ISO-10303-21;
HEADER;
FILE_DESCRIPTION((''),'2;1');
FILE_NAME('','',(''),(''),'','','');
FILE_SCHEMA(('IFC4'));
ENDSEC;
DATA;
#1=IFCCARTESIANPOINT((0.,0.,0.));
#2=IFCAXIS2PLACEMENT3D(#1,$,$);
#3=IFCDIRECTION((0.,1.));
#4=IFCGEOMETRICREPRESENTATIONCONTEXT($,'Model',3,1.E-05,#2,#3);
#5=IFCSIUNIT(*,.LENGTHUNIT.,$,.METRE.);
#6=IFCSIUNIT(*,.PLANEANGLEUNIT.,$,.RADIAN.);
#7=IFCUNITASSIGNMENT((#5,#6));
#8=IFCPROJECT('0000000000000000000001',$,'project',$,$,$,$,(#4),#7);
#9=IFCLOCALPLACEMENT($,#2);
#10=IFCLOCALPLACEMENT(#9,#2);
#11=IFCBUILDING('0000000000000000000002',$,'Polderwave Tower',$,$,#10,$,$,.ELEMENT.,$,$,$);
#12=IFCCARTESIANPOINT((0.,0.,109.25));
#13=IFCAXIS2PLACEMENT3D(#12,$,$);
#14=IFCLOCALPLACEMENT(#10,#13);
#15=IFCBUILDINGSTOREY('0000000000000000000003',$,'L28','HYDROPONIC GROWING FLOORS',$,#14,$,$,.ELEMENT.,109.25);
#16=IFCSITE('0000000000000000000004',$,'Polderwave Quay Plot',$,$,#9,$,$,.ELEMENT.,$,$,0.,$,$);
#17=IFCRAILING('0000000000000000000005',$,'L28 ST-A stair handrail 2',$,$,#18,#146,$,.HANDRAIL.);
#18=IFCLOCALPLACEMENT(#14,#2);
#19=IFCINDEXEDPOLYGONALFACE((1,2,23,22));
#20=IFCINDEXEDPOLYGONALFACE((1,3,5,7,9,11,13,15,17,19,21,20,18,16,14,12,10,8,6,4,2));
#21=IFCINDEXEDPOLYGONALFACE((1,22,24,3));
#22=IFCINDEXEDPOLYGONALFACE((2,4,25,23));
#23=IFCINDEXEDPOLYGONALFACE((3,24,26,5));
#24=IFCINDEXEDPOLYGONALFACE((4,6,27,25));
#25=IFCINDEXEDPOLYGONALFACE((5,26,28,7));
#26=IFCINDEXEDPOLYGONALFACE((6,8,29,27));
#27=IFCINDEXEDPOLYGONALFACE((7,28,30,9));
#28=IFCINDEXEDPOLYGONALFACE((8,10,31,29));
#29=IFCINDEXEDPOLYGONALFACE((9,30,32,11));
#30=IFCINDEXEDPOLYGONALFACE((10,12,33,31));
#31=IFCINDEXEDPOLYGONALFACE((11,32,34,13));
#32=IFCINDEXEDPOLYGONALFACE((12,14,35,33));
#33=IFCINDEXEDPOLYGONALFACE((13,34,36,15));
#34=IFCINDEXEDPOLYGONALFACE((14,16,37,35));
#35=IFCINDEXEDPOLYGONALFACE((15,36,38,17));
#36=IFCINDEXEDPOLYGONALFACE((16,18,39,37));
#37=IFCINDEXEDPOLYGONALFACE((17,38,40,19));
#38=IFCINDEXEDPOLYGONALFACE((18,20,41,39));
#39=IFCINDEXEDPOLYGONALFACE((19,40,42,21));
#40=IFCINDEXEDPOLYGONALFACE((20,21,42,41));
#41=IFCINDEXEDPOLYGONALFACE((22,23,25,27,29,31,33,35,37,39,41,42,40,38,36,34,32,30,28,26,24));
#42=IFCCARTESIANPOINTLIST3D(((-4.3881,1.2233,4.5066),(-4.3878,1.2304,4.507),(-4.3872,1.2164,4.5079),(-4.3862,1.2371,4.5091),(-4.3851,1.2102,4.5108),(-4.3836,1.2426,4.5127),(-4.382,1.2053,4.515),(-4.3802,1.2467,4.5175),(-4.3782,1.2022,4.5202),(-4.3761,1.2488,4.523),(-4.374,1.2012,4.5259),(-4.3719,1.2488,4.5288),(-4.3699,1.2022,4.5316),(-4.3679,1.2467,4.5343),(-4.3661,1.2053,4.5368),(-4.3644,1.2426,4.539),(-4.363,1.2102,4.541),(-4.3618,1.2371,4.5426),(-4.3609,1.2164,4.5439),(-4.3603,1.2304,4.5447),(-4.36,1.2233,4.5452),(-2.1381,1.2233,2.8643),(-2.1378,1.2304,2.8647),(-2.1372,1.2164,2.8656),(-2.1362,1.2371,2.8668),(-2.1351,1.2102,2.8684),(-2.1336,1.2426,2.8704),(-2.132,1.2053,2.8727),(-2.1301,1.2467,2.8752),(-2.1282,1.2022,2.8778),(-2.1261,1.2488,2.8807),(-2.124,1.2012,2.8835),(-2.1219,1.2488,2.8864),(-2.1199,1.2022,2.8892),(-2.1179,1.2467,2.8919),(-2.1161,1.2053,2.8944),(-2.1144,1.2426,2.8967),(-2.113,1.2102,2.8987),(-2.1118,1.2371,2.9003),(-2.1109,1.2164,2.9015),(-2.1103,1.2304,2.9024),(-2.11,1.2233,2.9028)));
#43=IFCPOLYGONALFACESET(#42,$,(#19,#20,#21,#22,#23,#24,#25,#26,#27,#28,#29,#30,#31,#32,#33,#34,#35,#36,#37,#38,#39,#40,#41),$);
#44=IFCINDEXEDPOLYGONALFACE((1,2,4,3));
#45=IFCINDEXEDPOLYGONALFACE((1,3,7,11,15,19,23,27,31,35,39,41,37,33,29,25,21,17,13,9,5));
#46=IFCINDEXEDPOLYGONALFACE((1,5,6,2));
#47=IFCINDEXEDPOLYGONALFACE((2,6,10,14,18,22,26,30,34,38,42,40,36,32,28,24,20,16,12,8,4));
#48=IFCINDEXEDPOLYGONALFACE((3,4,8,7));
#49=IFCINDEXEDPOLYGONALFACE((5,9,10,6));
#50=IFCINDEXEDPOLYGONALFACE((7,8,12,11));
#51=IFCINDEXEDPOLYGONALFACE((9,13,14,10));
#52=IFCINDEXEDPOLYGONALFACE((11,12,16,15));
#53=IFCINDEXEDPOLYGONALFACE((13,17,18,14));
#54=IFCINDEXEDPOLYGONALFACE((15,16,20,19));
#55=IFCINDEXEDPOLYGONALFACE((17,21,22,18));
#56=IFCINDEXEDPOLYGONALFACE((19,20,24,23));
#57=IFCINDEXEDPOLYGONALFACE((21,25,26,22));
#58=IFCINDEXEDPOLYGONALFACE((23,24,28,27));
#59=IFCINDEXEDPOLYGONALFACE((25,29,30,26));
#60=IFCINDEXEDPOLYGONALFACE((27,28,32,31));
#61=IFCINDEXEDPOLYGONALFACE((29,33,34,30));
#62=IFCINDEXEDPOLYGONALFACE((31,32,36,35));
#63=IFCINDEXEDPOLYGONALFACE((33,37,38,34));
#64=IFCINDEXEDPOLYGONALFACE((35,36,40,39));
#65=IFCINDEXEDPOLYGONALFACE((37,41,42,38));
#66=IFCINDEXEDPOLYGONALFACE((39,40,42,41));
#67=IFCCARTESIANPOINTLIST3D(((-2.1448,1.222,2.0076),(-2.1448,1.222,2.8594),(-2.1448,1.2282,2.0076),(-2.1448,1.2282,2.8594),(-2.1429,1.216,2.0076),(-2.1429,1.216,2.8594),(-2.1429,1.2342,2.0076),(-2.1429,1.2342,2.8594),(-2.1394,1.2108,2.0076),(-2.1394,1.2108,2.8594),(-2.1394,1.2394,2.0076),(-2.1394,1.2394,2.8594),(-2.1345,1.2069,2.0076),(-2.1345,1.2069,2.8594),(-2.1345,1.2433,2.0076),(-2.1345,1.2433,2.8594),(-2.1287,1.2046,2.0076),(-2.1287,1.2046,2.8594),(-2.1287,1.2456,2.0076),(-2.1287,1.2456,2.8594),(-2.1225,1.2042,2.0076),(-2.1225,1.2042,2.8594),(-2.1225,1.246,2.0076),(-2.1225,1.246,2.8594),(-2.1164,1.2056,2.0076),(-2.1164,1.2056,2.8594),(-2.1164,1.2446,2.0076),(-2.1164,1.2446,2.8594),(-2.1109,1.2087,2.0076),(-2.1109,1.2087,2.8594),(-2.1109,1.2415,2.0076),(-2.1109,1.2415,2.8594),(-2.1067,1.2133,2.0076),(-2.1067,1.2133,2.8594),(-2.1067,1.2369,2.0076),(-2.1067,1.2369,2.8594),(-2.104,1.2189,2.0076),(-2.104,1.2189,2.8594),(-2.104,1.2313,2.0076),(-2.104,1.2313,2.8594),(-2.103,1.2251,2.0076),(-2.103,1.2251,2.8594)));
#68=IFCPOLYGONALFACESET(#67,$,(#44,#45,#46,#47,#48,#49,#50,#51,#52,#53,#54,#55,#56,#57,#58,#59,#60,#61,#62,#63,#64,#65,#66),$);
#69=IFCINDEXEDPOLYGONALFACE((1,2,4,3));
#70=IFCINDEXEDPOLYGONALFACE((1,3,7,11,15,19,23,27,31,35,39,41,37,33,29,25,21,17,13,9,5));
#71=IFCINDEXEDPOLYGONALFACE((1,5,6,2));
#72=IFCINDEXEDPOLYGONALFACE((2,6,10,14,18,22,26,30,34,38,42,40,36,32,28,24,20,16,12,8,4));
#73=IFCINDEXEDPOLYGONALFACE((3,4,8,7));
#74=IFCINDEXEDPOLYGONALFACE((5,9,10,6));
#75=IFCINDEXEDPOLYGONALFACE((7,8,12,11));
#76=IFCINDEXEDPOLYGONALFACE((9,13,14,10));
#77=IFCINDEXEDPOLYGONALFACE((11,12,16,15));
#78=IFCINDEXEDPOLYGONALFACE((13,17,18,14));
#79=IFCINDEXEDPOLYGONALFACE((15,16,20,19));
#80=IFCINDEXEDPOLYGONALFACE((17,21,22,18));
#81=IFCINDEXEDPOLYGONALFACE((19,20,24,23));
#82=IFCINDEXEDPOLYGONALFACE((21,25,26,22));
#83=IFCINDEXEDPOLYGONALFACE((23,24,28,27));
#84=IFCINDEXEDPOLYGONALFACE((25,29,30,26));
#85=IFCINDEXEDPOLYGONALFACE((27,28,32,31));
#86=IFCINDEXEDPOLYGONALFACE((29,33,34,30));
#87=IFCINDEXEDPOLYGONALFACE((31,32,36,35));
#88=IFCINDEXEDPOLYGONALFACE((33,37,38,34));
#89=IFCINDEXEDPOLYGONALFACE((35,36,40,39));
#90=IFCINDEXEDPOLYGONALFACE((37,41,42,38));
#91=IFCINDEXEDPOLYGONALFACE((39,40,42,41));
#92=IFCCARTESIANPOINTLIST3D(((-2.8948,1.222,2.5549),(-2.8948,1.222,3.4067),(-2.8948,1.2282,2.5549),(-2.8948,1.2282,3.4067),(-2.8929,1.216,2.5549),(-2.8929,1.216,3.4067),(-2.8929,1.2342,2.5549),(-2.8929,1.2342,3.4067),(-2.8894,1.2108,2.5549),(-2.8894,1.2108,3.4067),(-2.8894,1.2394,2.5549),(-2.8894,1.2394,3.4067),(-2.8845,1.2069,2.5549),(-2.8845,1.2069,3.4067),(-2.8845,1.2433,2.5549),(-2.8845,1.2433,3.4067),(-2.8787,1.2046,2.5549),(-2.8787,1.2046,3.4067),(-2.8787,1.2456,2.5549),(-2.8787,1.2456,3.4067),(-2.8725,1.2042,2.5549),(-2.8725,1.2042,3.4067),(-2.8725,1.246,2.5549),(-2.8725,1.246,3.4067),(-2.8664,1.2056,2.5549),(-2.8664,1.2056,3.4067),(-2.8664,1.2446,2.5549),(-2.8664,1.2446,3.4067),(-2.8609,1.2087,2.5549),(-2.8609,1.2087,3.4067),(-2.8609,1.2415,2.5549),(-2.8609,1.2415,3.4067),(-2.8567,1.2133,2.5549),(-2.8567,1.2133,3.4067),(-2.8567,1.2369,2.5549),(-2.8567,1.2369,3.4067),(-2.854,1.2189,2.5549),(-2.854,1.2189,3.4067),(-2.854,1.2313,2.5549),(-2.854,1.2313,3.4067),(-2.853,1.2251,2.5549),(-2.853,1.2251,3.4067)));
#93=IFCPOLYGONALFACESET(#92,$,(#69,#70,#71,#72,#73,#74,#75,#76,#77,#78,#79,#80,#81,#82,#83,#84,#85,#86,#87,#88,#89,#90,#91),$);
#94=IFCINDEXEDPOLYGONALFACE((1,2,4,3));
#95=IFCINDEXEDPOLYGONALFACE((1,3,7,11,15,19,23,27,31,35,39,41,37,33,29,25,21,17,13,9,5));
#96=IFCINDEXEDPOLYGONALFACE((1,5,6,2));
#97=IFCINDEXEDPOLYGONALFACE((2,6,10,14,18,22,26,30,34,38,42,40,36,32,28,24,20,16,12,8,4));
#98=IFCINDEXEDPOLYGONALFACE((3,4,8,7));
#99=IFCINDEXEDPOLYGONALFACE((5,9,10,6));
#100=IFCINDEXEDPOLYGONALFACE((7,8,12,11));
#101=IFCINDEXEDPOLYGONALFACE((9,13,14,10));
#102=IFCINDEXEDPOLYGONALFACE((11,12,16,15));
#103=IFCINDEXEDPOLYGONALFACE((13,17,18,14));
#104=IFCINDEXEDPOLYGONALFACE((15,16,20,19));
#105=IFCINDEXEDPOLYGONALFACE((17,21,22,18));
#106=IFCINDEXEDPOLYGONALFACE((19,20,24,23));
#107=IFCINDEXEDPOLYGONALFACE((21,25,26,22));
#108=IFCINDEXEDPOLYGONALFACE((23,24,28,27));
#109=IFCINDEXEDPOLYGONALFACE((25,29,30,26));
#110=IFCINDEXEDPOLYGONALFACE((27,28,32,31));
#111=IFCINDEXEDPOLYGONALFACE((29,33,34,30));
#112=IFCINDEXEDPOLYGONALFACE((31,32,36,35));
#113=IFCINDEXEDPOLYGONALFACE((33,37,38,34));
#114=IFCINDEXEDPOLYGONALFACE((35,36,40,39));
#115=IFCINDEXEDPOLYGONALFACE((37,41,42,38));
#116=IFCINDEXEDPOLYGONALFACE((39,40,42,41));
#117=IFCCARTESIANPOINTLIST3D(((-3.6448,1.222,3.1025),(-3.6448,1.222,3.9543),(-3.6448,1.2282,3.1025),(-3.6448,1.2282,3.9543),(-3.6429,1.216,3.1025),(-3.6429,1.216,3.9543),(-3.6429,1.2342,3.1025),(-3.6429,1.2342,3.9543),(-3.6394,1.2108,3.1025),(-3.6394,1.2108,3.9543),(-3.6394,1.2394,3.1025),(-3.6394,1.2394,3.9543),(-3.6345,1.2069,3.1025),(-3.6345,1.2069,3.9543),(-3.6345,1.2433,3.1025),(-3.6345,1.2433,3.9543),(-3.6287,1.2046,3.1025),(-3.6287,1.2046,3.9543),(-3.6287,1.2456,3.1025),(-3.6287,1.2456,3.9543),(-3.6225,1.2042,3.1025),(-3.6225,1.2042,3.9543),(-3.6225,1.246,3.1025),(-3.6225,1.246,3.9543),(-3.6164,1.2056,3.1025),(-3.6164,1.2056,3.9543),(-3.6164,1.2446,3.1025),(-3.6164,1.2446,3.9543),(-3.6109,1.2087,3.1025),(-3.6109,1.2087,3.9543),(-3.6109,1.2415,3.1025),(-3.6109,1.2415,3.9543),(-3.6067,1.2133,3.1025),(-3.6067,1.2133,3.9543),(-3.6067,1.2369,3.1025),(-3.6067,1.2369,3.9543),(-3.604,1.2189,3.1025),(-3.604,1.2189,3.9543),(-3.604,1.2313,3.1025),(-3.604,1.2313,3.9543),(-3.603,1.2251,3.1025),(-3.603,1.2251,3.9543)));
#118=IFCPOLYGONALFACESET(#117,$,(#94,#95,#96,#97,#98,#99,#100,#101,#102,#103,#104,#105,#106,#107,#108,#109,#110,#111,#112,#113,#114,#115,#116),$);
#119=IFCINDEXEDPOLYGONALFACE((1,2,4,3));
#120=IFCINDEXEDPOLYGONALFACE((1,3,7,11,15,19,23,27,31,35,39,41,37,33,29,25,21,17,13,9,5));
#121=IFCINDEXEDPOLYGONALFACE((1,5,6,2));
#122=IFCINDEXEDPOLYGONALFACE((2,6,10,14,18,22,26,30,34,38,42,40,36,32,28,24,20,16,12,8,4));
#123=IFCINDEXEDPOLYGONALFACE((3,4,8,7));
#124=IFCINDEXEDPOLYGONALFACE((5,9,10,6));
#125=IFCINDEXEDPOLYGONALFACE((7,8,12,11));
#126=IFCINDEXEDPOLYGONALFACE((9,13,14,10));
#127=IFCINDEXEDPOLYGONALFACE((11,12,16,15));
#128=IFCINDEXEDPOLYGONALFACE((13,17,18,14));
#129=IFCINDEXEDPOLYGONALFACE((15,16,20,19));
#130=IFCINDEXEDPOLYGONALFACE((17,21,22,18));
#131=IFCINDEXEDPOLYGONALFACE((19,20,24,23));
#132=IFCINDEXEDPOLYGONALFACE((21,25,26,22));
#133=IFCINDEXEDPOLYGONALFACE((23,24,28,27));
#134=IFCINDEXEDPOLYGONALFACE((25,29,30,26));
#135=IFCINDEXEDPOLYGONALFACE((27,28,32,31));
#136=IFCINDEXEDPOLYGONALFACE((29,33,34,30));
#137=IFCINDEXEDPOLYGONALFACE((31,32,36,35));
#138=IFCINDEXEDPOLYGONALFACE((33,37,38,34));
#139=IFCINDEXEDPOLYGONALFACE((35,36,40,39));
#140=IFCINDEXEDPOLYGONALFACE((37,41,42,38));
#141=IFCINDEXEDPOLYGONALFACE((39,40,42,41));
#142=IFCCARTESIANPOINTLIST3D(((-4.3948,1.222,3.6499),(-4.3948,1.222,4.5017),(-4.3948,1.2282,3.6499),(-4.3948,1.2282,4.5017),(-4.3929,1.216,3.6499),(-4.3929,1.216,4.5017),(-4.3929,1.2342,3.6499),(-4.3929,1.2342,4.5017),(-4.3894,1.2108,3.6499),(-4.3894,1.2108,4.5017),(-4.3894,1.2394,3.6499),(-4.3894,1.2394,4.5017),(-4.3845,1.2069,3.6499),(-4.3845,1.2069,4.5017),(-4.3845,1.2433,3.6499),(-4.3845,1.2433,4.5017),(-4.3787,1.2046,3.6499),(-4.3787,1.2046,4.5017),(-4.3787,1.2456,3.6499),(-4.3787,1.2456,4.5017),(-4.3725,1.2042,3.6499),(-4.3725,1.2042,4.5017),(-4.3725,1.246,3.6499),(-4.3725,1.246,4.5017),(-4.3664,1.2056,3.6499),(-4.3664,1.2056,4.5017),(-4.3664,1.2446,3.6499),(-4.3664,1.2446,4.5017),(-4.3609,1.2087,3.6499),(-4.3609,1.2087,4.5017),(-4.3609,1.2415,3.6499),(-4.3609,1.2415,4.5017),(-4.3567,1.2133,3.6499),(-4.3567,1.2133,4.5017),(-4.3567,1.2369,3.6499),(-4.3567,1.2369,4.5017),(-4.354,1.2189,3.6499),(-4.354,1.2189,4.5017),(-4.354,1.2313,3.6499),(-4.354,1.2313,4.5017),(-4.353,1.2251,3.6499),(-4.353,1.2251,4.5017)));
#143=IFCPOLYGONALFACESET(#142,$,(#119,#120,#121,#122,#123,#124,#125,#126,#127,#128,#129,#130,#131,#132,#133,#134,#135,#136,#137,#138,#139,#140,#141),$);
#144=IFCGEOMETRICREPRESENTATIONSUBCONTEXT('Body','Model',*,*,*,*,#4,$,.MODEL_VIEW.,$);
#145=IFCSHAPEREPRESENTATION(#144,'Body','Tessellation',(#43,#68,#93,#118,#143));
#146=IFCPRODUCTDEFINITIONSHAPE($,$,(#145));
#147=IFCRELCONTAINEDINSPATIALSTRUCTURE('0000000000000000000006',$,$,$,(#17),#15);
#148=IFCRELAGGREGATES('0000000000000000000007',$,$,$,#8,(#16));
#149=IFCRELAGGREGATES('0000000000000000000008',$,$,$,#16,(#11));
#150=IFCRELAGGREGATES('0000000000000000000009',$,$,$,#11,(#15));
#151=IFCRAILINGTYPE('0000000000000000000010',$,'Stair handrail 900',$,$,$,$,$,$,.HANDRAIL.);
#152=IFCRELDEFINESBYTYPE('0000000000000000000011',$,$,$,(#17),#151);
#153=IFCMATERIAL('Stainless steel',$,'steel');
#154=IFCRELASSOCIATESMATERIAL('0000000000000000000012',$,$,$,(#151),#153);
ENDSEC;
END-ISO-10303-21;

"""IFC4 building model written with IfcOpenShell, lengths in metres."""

from ifc_helpers import new_model, si_unit, direction, frame, origin, origin_2d, place, context, subcontext, project, spatial, circle, extrude, material, type_object, element, save


model = new_model("IFC4")

# Units and contexts
model_context = context("Model", 3, precision=1e-05, world=origin(), true_north=direction((0.0, 1.0)))
body_context = subcontext(model_context, "Body", "Model", "MODEL_VIEW")
ifc_project = project(units=[si_unit("LENGTHUNIT", "METRE"), si_unit("PLANEANGLEUNIT", "RADIAN")], contexts=[model_context])

# Site, building, storey
site_placement = place(None, origin())
site = spatial("IfcSite", under=ifc_project, at=site_placement, Name="Polderwave Quay Plot", CompositionType="ELEMENT", RefElevation=0.0)
building_placement = place(site_placement, origin())
building = spatial("IfcBuilding", under=site, at=building_placement, Name="Polderwave Tower", CompositionType="ELEMENT")
storey_placement = place(building_placement, frame((0.0, 0.0, 109.25)))
storey = spatial("IfcBuildingStorey", under=building, at=storey_placement, Name="L28", Description="HYDROPONIC GROWING FLOORS", CompositionType="ELEMENT", Elevation=109.25)

# Railing
ifc_material_1 = material(Name="Stainless steel", Category="steel")
railing_type_1 = type_object("IfcRailingType", Name="Stair handrail 900", PredefinedType="HANDRAIL", material=ifc_material_1)
railing_1_placement = place(storey_placement, frame((-2.124, 1.2251, 2.0076)))
element("IfcRailing", 1, at=railing_1_placement, inside=storey, type_object=railing_type_1, Name="L28 ST-A stair handrail 2", PredefinedType="HANDRAIL", context=body_context, shape_type="SweptSolid", body=[
    extrude(circle(Radius=0.0239, at=origin_2d()), frame((0.0, 0.0, 0.876), z_axis=(-0.807715, 0.0, 0.589573), x_axis=(0.0, -1.0, 0.0)), (0.0, 0.0, 1.0), 2.7856),
    extrude(circle(Radius=0.021, at=origin_2d()), origin(), (0.0, 0.0, 1.0), 0.8518),
    extrude(circle(Radius=0.021, at=origin_2d()), frame((-0.75, 0.0, 0.5474)), (0.0, 0.0, 1.0), 0.8518),
    extrude(circle(Radius=0.021, at=origin_2d()), frame((-1.5, 0.0, 1.095)), (0.0, 0.0, 1.0), 0.8518),
    extrude(circle(Radius=0.021, at=origin_2d()), frame((-2.25, 0.0, 1.6423)), (0.0, 0.0, 1.0), 0.8518),
])

save(model, "model.ifc")
